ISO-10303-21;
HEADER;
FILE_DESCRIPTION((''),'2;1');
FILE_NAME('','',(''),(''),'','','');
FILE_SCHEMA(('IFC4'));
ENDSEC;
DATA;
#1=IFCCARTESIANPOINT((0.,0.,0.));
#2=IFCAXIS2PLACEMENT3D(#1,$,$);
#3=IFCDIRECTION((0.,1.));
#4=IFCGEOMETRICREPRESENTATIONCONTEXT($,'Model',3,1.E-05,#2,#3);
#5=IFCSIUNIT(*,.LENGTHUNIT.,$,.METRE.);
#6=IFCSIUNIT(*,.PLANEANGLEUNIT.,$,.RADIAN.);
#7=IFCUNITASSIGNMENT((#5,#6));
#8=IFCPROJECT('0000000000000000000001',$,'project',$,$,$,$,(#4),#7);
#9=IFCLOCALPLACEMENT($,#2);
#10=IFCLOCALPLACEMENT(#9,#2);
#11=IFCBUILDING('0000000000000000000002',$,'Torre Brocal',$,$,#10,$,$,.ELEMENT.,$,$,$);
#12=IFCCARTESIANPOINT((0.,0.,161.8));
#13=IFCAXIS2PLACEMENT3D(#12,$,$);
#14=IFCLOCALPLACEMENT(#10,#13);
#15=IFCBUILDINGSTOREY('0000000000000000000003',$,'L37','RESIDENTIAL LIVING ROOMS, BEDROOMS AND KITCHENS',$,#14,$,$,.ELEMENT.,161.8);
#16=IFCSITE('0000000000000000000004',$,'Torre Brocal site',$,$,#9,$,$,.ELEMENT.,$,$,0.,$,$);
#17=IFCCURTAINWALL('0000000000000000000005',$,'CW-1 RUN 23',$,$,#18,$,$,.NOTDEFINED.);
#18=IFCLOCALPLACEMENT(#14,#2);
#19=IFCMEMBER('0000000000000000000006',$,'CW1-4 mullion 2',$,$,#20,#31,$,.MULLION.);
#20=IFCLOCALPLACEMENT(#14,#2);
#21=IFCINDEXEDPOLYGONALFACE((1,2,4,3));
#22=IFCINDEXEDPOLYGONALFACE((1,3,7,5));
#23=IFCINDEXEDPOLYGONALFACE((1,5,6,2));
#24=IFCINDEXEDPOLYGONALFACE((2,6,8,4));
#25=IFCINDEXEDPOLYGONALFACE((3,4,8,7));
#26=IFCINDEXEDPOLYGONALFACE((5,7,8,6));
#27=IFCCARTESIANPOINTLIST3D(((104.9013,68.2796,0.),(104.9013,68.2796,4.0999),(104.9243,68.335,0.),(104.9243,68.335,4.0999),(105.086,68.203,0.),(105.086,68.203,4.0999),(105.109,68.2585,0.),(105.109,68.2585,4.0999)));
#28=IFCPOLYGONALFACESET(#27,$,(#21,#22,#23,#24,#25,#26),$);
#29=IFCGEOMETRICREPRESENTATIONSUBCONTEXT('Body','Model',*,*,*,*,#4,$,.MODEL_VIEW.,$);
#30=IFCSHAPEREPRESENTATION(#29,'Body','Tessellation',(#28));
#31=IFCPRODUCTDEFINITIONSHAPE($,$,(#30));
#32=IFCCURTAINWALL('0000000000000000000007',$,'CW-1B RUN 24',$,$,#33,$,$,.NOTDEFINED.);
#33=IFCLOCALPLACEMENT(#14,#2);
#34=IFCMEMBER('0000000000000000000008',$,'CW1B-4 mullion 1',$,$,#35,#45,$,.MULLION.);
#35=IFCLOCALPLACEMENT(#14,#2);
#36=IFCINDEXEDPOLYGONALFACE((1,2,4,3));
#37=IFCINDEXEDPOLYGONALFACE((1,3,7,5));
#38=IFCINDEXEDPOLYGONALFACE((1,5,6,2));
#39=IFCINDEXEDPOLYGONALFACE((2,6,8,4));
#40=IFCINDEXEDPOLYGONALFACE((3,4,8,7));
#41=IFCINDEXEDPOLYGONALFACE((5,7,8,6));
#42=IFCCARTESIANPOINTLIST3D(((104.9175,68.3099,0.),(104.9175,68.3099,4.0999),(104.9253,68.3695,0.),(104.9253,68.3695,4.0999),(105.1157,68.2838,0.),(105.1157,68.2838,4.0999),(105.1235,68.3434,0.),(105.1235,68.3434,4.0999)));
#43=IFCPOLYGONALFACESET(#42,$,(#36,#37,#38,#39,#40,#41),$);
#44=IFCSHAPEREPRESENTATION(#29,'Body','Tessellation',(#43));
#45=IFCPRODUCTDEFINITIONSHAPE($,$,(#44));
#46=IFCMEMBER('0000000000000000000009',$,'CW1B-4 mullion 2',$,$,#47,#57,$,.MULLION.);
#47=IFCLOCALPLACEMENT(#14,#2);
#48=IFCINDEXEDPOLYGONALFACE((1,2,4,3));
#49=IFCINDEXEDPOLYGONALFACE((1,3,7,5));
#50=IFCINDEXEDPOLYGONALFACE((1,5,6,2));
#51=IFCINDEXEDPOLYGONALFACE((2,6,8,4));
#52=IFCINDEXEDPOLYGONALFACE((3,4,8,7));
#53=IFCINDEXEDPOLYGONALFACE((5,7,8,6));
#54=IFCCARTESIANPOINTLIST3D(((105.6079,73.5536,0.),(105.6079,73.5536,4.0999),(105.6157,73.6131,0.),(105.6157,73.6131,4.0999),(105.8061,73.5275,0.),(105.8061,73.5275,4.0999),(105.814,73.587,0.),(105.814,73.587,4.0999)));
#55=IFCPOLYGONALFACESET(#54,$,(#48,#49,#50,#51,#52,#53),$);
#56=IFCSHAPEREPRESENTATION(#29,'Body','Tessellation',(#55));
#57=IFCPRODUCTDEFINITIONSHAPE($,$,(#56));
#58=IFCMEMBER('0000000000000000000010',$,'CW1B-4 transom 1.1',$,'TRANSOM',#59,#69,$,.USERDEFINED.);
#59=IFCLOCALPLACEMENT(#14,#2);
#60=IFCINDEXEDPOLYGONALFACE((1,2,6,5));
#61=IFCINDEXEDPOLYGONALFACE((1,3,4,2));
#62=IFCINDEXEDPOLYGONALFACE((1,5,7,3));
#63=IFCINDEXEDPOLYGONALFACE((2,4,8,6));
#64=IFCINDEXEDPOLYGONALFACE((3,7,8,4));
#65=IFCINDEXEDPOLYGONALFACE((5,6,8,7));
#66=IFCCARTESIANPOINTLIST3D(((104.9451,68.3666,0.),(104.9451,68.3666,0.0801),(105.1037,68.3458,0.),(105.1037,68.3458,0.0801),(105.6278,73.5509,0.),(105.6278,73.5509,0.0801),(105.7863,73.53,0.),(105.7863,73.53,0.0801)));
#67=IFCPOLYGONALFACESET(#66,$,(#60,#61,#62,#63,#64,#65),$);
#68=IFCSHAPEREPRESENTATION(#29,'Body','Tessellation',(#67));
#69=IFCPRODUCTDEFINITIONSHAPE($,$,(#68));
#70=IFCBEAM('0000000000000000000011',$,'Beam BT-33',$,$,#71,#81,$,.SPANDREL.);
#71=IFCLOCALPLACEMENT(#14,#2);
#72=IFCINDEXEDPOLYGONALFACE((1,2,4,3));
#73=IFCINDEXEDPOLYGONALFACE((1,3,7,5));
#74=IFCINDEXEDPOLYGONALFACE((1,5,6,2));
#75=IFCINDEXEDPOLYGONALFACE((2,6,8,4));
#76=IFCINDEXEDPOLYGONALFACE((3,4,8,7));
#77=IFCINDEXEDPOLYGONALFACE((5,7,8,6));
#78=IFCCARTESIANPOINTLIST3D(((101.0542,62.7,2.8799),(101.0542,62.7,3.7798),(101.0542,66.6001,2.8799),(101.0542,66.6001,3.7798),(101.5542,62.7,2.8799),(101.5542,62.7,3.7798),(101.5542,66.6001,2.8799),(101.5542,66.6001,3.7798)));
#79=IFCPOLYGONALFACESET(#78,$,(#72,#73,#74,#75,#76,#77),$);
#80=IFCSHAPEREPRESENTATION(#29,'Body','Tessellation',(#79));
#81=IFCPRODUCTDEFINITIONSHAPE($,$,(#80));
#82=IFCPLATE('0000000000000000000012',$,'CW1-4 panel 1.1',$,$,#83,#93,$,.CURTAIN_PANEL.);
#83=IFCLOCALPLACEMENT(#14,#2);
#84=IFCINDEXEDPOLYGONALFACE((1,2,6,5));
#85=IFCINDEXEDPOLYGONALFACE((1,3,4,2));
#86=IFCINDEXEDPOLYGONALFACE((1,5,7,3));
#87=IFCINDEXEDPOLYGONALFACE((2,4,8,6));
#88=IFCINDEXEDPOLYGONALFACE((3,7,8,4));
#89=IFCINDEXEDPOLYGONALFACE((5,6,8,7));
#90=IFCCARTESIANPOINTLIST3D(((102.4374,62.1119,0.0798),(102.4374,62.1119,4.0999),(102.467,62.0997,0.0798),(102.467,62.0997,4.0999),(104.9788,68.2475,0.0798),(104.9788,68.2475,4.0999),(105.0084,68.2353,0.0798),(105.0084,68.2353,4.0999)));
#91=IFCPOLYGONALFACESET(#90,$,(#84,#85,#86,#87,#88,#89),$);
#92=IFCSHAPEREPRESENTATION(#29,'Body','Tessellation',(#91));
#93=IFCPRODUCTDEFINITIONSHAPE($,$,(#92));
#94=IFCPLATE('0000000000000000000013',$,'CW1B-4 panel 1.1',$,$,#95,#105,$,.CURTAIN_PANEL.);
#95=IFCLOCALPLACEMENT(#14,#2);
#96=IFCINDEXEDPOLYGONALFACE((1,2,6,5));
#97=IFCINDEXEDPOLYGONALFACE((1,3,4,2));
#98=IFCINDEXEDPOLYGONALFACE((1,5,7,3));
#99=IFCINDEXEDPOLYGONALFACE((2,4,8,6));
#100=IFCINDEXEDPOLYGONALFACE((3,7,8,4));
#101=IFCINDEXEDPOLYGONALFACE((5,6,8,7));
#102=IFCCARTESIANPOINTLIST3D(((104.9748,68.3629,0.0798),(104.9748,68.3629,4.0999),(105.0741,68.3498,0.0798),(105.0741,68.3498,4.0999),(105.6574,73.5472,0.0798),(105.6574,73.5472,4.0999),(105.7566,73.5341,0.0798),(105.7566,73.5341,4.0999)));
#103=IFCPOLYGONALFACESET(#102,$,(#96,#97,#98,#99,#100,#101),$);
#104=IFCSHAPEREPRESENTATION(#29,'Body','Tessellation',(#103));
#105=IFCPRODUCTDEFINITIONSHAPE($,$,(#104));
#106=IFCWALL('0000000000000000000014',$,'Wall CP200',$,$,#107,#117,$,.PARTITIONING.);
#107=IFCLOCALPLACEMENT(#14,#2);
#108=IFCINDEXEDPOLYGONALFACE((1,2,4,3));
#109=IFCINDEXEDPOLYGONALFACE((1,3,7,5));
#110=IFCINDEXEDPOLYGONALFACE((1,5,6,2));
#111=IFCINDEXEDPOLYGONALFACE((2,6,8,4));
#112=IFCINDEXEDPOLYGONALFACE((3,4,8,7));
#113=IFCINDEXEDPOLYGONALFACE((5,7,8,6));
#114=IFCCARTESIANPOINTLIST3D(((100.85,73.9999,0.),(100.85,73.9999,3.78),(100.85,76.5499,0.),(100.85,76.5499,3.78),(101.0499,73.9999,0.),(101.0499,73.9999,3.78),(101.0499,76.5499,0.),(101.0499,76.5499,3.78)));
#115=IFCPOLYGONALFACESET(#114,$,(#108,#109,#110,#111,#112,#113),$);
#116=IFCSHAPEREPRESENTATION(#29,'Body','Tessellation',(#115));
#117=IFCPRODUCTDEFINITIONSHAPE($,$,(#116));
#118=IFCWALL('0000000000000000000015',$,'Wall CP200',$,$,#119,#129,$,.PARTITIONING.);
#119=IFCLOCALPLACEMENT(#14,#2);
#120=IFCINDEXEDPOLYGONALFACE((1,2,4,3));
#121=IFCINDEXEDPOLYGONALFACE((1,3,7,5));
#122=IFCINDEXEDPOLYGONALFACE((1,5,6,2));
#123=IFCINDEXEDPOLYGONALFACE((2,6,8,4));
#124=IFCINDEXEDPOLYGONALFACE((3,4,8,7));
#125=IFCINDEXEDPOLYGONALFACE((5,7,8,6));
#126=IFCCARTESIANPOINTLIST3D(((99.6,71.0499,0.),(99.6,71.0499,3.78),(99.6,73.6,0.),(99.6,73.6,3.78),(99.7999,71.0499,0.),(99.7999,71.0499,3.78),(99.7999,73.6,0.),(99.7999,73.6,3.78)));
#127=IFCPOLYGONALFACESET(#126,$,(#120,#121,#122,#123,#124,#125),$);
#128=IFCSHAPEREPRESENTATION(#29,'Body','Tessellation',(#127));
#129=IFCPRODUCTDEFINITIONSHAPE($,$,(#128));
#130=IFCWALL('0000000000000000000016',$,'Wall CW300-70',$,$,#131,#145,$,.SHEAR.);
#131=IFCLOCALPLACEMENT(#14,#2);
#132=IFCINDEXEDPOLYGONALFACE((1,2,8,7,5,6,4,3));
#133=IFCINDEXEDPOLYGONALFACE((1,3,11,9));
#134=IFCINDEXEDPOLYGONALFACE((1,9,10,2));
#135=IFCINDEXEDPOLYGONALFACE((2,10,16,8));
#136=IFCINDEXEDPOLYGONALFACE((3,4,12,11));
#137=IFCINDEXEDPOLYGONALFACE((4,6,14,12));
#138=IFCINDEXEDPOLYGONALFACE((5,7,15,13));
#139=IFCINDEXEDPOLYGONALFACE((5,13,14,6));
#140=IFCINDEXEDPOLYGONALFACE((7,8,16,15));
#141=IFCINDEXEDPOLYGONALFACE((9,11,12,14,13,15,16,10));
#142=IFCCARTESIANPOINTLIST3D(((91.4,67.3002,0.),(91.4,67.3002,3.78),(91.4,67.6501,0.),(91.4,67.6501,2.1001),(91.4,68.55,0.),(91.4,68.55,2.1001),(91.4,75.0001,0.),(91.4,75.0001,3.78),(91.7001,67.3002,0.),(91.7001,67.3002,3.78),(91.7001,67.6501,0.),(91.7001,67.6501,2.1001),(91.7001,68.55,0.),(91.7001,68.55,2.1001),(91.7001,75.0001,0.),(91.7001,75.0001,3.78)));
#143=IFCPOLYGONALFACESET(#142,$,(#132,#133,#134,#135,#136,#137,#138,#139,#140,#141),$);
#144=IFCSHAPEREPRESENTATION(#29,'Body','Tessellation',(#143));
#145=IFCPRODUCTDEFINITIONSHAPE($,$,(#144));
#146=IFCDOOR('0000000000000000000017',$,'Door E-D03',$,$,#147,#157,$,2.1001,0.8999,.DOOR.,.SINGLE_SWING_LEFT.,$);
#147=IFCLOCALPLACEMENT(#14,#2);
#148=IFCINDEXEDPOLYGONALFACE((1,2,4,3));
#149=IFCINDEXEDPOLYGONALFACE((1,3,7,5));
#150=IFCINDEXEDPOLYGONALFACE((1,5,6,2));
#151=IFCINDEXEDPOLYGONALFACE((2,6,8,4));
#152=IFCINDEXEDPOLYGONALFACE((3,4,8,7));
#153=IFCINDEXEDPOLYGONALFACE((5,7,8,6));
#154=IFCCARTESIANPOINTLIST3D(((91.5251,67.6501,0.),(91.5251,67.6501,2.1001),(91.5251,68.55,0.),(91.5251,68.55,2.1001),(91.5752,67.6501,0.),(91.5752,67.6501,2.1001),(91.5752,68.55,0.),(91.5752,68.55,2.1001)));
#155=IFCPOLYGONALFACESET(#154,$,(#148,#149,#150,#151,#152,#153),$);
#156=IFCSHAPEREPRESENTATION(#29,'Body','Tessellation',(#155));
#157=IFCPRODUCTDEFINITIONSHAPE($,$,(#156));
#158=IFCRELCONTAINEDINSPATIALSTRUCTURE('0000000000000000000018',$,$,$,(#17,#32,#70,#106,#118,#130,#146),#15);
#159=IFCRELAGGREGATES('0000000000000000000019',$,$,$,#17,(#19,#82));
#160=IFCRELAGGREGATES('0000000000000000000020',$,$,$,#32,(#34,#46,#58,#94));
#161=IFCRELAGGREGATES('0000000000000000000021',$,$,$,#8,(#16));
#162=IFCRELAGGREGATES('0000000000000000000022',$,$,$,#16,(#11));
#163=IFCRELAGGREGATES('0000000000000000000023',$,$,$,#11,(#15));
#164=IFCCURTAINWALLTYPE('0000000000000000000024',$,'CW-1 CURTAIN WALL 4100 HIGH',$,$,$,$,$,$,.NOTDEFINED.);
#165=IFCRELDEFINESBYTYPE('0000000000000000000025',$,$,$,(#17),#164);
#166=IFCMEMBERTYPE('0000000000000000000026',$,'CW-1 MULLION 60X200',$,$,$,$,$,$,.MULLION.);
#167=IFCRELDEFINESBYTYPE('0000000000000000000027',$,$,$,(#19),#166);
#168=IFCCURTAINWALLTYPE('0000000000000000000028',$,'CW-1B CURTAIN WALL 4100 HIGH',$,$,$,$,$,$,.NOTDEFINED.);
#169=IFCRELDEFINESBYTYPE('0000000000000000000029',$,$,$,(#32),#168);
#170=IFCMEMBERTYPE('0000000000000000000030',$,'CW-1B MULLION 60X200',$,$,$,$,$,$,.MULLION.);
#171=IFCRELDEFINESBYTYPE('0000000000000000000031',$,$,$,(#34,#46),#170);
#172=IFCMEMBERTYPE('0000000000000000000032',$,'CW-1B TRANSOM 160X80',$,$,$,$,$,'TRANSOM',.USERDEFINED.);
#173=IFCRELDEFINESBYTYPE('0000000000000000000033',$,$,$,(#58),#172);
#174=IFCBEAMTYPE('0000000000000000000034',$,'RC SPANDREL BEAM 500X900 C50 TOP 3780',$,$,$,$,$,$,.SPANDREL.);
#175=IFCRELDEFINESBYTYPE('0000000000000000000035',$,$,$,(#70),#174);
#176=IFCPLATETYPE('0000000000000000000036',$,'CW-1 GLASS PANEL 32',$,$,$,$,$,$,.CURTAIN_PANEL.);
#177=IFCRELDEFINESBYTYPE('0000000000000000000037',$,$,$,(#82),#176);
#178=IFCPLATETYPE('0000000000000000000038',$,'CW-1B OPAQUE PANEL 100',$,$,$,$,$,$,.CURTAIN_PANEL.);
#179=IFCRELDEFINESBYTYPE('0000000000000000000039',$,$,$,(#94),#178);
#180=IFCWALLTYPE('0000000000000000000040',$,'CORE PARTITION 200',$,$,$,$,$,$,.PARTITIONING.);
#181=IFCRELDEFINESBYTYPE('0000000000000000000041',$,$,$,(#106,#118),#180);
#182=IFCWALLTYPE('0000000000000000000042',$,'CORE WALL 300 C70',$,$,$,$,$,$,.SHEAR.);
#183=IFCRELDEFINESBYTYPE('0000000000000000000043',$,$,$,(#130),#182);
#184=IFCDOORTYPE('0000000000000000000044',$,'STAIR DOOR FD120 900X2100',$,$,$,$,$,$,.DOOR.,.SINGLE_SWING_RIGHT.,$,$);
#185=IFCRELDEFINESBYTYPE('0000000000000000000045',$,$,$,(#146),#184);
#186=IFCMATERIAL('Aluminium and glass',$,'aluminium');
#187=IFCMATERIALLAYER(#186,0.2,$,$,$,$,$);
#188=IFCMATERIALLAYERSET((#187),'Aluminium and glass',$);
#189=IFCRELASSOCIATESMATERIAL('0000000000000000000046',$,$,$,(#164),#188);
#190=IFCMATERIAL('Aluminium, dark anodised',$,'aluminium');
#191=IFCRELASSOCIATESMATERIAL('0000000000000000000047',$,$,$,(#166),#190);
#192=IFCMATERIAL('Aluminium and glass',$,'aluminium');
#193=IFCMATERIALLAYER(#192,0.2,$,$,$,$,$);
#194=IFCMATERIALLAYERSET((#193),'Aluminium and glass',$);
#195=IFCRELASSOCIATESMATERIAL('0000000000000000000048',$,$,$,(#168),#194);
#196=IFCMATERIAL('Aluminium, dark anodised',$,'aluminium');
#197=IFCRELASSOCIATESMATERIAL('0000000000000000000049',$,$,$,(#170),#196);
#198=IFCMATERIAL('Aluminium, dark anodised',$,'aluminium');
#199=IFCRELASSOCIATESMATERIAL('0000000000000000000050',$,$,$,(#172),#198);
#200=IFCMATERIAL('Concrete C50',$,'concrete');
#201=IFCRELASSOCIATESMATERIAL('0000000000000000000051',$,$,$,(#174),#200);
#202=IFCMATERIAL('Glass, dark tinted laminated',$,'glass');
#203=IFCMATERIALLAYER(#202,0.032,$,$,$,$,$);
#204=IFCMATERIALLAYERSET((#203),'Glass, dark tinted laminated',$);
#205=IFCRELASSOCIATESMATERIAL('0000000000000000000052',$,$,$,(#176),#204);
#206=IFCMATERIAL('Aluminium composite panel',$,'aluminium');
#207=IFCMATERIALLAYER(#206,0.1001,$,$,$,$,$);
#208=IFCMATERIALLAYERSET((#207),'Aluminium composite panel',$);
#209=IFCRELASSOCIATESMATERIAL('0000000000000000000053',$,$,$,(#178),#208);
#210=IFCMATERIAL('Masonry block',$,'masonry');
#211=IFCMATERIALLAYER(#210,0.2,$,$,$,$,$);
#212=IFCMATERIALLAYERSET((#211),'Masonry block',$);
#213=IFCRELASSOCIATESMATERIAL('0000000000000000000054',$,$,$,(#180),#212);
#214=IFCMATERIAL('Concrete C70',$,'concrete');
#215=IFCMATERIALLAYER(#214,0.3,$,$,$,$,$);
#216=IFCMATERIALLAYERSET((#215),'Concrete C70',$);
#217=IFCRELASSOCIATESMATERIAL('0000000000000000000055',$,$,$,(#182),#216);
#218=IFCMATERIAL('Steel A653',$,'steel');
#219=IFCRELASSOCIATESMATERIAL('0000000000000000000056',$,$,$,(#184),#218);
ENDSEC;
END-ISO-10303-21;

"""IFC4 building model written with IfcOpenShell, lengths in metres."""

from ifc_helpers import new_model, si_unit, direction, frame, frame_2d, origin, origin_2d, place, context, subcontext, project, spatial, rectangle, extrude, material, layer, layer_set, material_profile, profile_set, type_object, element, fill, aggregate, save


model = new_model("IFC4")

# Units and contexts
model_context = context("Model", 3, precision=1e-05, world=origin(), true_north=direction((0.0, 1.0)))
body_context = subcontext(model_context, "Body", "Model", "MODEL_VIEW")
ifc_project = project(units=[si_unit("LENGTHUNIT", "METRE"), si_unit("PLANEANGLEUNIT", "RADIAN")], contexts=[model_context])

# Site, building, storey
site_placement = place(None, origin())
site = spatial("IfcSite", under=ifc_project, at=site_placement, Name="Torre Brocal site", CompositionType="ELEMENT", RefElevation=0.0)
building_placement = place(site_placement, origin())
building = spatial("IfcBuilding", under=site, at=building_placement, Name="Torre Brocal", CompositionType="ELEMENT")
storey_placement = place(building_placement, frame((0.0, 0.0, 161.8)))
storey = spatial("IfcBuildingStorey", under=building, at=storey_placement, Name="L37", Description="RESIDENTIAL LIVING ROOMS, BEDROOMS AND KITCHENS", CompositionType="ELEMENT", Elevation=161.8)

# Curtain wall, member
ifc_material_1 = material(Name="Aluminium and glass", Category="aluminium")
ifc_layer_1 = layer(ifc_material_1, 0.2)
ifc_layer_set_1 = layer_set([ifc_layer_1], Name="Aluminium and glass")
curtain_wall_type_1 = type_object("IfcCurtainWallType", Name="CW-1 CURTAIN WALL 4100 HIGH", PredefinedType="NOTDEFINED", material=ifc_layer_set_1)
curtain_wall_1_placement = place(storey_placement, origin())
curtain_wall_1 = element("IfcCurtainWall", 1, at=curtain_wall_1_placement, inside=storey, type_object=curtain_wall_type_1, Name="CW-1 RUN 23", PredefinedType="NOTDEFINED")
ifc_material_2 = material(Name="Aluminium, dark anodised", Category="aluminium")
ifc_material_profile_1 = material_profile(ifc_material_2, rectangle(XDim=0.2, YDim=0.0601, at=origin_2d()), Name="CW-1 MULLION 60X200")
ifc_profile_set_1 = profile_set([ifc_material_profile_1], Name="Aluminium, dark anodised")
member_type_1 = type_object("IfcMemberType", Name="CW-1 MULLION 60X200", PredefinedType="MULLION", material=ifc_profile_set_1)
member_1_placement = place(storey_placement, frame((105.0051, 68.269, 0.0), z_axis=(0.0, 0.0, 1.0), x_axis=(-0.92388, 0.382683, 0.0)))
member_1 = element("IfcMember", 2, at=member_1_placement, type_object=member_type_1, Name="CW1-4 mullion 2", PredefinedType="MULLION", context=body_context, shape_type="SweptSolid", body=[
    extrude(rectangle(XDim=0.2, YDim=0.0601, at=origin_2d()), origin(), (0.0, 0.0, 1.0), 4.0999),
])

# Curtain wall, members
ifc_material_3 = material(Name="Aluminium and glass", Category="aluminium")
ifc_layer_2 = layer(ifc_material_3, 0.2)
ifc_layer_set_2 = layer_set([ifc_layer_2], Name="Aluminium and glass")
curtain_wall_type_2 = type_object("IfcCurtainWallType", Name="CW-1B CURTAIN WALL 4100 HIGH", PredefinedType="NOTDEFINED", material=ifc_layer_set_2)
curtain_wall_2_placement = place(storey_placement, origin())
curtain_wall_2 = element("IfcCurtainWall", 3, at=curtain_wall_2_placement, inside=storey, type_object=curtain_wall_type_2, Name="CW-1B RUN 24", PredefinedType="NOTDEFINED")
ifc_material_4 = material(Name="Aluminium, dark anodised", Category="aluminium")
ifc_material_profile_2 = material_profile(ifc_material_4, rectangle(XDim=0.2, YDim=0.0601, at=origin_2d()), Name="CW-1B MULLION 60X200")
ifc_profile_set_2 = profile_set([ifc_material_profile_2], Name="Aluminium, dark anodised")
member_type_2 = type_object("IfcMemberType", Name="CW-1B MULLION 60X200", PredefinedType="MULLION", material=ifc_profile_set_2)
member_2_placement = place(storey_placement, frame((105.0205, 68.3267, 0.0), z_axis=(0.0, 0.0, 1.0), x_axis=(-0.991445, 0.130526, 0.0)))
member_2 = element("IfcMember", 4, at=member_2_placement, type_object=member_type_2, Name="CW1B-4 mullion 1", PredefinedType="MULLION", context=body_context, shape_type="SweptSolid", body=[
    extrude(rectangle(XDim=0.2, YDim=0.0601, at=origin_2d()), origin(), (0.0, 0.0, 1.0), 4.0999),
])
member_3_placement = place(storey_placement, frame((105.7109, 73.5703, 0.0), z_axis=(0.0, 0.0, 1.0), x_axis=(-0.991445, 0.130526, 0.0)))
member_3 = element("IfcMember", 5, at=member_3_placement, type_object=member_type_2, Name="CW1B-4 mullion 2", PredefinedType="MULLION", context=body_context, shape_type="SweptSolid", body=[
    extrude(rectangle(XDim=0.2, YDim=0.0601, at=origin_2d()), origin(), (0.0, 0.0, 1.0), 4.0999),
])
ifc_material_5 = material(Name="Aluminium, dark anodised", Category="aluminium")
ifc_material_profile_3 = material_profile(ifc_material_5, rectangle(XDim=0.1599, YDim=0.0801, at=origin_2d()), Name="CW-1B TRANSOM 160X80")
ifc_profile_set_3 = profile_set([ifc_material_profile_3], Name="Aluminium, dark anodised")
member_type_3 = type_object("IfcMemberType", Name="CW-1B TRANSOM 160X80", ElementType="TRANSOM", PredefinedType="USERDEFINED", material=ifc_profile_set_3)
member_4_placement = place(storey_placement, frame((105.0244, 68.3562, 0.04), z_axis=(0.130543, 0.991443, 0.0), x_axis=(-0.991443, 0.130543, 0.0)))
member_4 = element("IfcMember", 6, at=member_4_placement, type_object=member_type_3, Name="CW1B-4 transom 1.1", ObjectType="TRANSOM", PredefinedType="USERDEFINED", context=body_context, shape_type="SweptSolid", body=[
    extrude(rectangle(XDim=0.1599, YDim=0.0801, at=origin_2d()), origin(), (0.0, 0.0, 1.0), 5.229),
])

# Beam
ifc_material_6 = material(Name="Concrete C50", Category="concrete")
ifc_material_profile_4 = material_profile(ifc_material_6, rectangle(XDim=0.5, YDim=0.8999, at=origin_2d()), Name="RC 500X900")
ifc_profile_set_4 = profile_set([ifc_material_profile_4], Name="Concrete C50")
beam_type = type_object("IfcBeamType", Name="RC SPANDREL BEAM 500X900 C50 TOP 3780", PredefinedType="SPANDREL", material=ifc_profile_set_4)
beam_placement = place(storey_placement, frame((101.3042, 62.7, 3.3298), z_axis=(0.0, 1.0, 0.0), x_axis=(-1.0, 0.0, 0.0)))
element("IfcBeam", 7, at=beam_placement, inside=storey, type_object=beam_type, Name="Beam BT-33", PredefinedType="SPANDREL", context=body_context, shape_type="SweptSolid", body=[
    extrude(rectangle(XDim=0.5, YDim=0.8999, at=origin_2d()), origin(), (0.0, 0.0, 1.0), 3.9001),
])

# Plates
ifc_material_7 = material(Name="Glass, dark tinted laminated", Category="glass")
ifc_layer_3 = layer(ifc_material_7, 0.032)
ifc_layer_set_3 = layer_set([ifc_layer_3], Name="Glass, dark tinted laminated")
plate_type_1 = type_object("IfcPlateType", Name="CW-1 GLASS PANEL 32", PredefinedType="CURTAIN_PANEL", material=ifc_layer_set_3)
plate_1_placement = place(storey_placement, frame((103.7229, 65.1736, 0.0798), z_axis=(0.0, 0.0, 1.0), x_axis=(0.382683, 0.92388, 0.0)))
plate_1 = element("IfcPlate", 8, at=plate_1_placement, type_object=plate_type_1, Name="CW1-4 panel 1.1", PredefinedType="CURTAIN_PANEL", context=body_context, shape_type="SweptSolid", body=[
    extrude(rectangle(XDim=6.6411, YDim=0.032, at=origin_2d()), origin(), (0.0, 0.0, 1.0), 4.02),
])
aggregate(curtain_wall_1, [member_1, plate_1])
ifc_material_8 = material(Name="Aluminium composite panel", Category="aluminium")
ifc_layer_4 = layer(ifc_material_8, 0.1001)
ifc_layer_set_4 = layer_set([ifc_layer_4], Name="Aluminium composite panel")
plate_type_2 = type_object("IfcPlateType", Name="CW-1B OPAQUE PANEL 100", PredefinedType="CURTAIN_PANEL", material=ifc_layer_set_4)
plate_2_placement = place(storey_placement, frame((105.3657, 70.9485, 0.0798), z_axis=(0.0, 0.0, 1.0), x_axis=(0.130526, 0.991445, 0.0)))
plate_2 = element("IfcPlate", 9, at=plate_2_placement, type_object=plate_type_2, Name="CW1B-4 panel 1.1", PredefinedType="CURTAIN_PANEL", context=body_context, shape_type="SweptSolid", body=[
    extrude(rectangle(XDim=5.229, YDim=0.1001, at=origin_2d()), origin(), (0.0, 0.0, 1.0), 4.02),
])
aggregate(curtain_wall_2, [member_2, member_3, member_4, plate_2])

# Walls
ifc_material_9 = material(Name="Masonry block", Category="masonry")
ifc_layer_5 = layer(ifc_material_9, 0.2)
ifc_layer_set_5 = layer_set([ifc_layer_5], Name="Masonry block")
wall_type_1 = type_object("IfcWallType", Name="CORE PARTITION 200", PredefinedType="PARTITIONING", material=ifc_layer_set_5)
for number, where, z_axis, x_axis, name in (
    (10, (100.95, 74.0, 0.0), (0.0, 0.0, 1.0), (0.0, 1.0, 0.0), "Wall CP200"),
    (11, (99.7, 71.05, 0.0), (0.0, 0.0, 1.0), (0.0, 1.0, 0.0), "Wall CP200"),
):
    element("IfcWall", number, at=place(storey_placement, frame(where, z_axis=z_axis, x_axis=x_axis)), inside=storey, type_object=wall_type_1, Name=name, PredefinedType="PARTITIONING", context=body_context, shape_type="SweptSolid", body=[
        extrude(rectangle(XDim=2.55, YDim=0.2, at=frame_2d((1.2749, 0.0))), origin(), (0.0, 0.0, 1.0), 3.78),
    ])

# Wall, opening, door
ifc_material_10 = material(Name="Concrete C70", Category="concrete")
ifc_layer_6 = layer(ifc_material_10, 0.3)
ifc_layer_set_6 = layer_set([ifc_layer_6], Name="Concrete C70")
wall_type_2 = type_object("IfcWallType", Name="CORE WALL 300 C70", PredefinedType="SHEAR", material=ifc_layer_set_6)
wall_1_placement = place(storey_placement, frame((91.55, 67.3, 0.0), z_axis=(0.0, 0.0, 1.0), x_axis=(0.0, 1.0, 0.0)))
wall_1 = element("IfcWall", 12, at=wall_1_placement, inside=storey, type_object=wall_type_2, Name="Wall CW300-70", PredefinedType="SHEAR", context=body_context, shape_type="SweptSolid", body=[
    extrude(rectangle(XDim=7.7, YDim=0.3, at=frame_2d((3.8501, 0.0))), origin(), (0.0, 0.0, 1.0), 3.78),
])
opening_1_placement = place(wall_1_placement, frame((0.3501, 0.0, 0.0)))
opening_1 = element("IfcOpeningElement", 13, at=opening_1_placement, cuts=wall_1, PredefinedType="OPENING", context=body_context, shape_type="SweptSolid", body=[
    extrude(rectangle(XDim=0.8999, YDim=2.1001, at=frame_2d((0.45, 1.05))), frame((0.0, 0.1599, 0.0), z_axis=(0.0, -1.0, 0.0), x_axis=(1.0, 0.0, 0.0)), (0.0, 0.0, 1.0), 0.3201),
])
ifc_material_11 = material(Name="Steel A653", Category="steel")
door_type_1 = type_object("IfcDoorType", Name="STAIR DOOR FD120 900X2100", OperationType="SINGLE_SWING_RIGHT", PredefinedType="DOOR", material=ifc_material_11)
door_1_placement = place(opening_1_placement, origin())
door_1 = element("IfcDoor", 14, at=door_1_placement, inside=storey, type_object=door_type_1, Name="Door E-D03", OperationType="SINGLE_SWING_LEFT", OverallHeight=2.1001, OverallWidth=0.8999, PredefinedType="DOOR", context=body_context, shape_type="SweptSolid", body=[
    extrude(rectangle(XDim=0.8999, YDim=2.1001, at=frame_2d((0.45, 1.05))), frame((0.0, 0.0249, 0.0), z_axis=(0.0, -1.0, 0.0), x_axis=(1.0, 0.0, 0.0)), (0.0, 0.0, 1.0), 0.05),
])
fill(opening_1, door_1)

save(model, "model.ifc")
